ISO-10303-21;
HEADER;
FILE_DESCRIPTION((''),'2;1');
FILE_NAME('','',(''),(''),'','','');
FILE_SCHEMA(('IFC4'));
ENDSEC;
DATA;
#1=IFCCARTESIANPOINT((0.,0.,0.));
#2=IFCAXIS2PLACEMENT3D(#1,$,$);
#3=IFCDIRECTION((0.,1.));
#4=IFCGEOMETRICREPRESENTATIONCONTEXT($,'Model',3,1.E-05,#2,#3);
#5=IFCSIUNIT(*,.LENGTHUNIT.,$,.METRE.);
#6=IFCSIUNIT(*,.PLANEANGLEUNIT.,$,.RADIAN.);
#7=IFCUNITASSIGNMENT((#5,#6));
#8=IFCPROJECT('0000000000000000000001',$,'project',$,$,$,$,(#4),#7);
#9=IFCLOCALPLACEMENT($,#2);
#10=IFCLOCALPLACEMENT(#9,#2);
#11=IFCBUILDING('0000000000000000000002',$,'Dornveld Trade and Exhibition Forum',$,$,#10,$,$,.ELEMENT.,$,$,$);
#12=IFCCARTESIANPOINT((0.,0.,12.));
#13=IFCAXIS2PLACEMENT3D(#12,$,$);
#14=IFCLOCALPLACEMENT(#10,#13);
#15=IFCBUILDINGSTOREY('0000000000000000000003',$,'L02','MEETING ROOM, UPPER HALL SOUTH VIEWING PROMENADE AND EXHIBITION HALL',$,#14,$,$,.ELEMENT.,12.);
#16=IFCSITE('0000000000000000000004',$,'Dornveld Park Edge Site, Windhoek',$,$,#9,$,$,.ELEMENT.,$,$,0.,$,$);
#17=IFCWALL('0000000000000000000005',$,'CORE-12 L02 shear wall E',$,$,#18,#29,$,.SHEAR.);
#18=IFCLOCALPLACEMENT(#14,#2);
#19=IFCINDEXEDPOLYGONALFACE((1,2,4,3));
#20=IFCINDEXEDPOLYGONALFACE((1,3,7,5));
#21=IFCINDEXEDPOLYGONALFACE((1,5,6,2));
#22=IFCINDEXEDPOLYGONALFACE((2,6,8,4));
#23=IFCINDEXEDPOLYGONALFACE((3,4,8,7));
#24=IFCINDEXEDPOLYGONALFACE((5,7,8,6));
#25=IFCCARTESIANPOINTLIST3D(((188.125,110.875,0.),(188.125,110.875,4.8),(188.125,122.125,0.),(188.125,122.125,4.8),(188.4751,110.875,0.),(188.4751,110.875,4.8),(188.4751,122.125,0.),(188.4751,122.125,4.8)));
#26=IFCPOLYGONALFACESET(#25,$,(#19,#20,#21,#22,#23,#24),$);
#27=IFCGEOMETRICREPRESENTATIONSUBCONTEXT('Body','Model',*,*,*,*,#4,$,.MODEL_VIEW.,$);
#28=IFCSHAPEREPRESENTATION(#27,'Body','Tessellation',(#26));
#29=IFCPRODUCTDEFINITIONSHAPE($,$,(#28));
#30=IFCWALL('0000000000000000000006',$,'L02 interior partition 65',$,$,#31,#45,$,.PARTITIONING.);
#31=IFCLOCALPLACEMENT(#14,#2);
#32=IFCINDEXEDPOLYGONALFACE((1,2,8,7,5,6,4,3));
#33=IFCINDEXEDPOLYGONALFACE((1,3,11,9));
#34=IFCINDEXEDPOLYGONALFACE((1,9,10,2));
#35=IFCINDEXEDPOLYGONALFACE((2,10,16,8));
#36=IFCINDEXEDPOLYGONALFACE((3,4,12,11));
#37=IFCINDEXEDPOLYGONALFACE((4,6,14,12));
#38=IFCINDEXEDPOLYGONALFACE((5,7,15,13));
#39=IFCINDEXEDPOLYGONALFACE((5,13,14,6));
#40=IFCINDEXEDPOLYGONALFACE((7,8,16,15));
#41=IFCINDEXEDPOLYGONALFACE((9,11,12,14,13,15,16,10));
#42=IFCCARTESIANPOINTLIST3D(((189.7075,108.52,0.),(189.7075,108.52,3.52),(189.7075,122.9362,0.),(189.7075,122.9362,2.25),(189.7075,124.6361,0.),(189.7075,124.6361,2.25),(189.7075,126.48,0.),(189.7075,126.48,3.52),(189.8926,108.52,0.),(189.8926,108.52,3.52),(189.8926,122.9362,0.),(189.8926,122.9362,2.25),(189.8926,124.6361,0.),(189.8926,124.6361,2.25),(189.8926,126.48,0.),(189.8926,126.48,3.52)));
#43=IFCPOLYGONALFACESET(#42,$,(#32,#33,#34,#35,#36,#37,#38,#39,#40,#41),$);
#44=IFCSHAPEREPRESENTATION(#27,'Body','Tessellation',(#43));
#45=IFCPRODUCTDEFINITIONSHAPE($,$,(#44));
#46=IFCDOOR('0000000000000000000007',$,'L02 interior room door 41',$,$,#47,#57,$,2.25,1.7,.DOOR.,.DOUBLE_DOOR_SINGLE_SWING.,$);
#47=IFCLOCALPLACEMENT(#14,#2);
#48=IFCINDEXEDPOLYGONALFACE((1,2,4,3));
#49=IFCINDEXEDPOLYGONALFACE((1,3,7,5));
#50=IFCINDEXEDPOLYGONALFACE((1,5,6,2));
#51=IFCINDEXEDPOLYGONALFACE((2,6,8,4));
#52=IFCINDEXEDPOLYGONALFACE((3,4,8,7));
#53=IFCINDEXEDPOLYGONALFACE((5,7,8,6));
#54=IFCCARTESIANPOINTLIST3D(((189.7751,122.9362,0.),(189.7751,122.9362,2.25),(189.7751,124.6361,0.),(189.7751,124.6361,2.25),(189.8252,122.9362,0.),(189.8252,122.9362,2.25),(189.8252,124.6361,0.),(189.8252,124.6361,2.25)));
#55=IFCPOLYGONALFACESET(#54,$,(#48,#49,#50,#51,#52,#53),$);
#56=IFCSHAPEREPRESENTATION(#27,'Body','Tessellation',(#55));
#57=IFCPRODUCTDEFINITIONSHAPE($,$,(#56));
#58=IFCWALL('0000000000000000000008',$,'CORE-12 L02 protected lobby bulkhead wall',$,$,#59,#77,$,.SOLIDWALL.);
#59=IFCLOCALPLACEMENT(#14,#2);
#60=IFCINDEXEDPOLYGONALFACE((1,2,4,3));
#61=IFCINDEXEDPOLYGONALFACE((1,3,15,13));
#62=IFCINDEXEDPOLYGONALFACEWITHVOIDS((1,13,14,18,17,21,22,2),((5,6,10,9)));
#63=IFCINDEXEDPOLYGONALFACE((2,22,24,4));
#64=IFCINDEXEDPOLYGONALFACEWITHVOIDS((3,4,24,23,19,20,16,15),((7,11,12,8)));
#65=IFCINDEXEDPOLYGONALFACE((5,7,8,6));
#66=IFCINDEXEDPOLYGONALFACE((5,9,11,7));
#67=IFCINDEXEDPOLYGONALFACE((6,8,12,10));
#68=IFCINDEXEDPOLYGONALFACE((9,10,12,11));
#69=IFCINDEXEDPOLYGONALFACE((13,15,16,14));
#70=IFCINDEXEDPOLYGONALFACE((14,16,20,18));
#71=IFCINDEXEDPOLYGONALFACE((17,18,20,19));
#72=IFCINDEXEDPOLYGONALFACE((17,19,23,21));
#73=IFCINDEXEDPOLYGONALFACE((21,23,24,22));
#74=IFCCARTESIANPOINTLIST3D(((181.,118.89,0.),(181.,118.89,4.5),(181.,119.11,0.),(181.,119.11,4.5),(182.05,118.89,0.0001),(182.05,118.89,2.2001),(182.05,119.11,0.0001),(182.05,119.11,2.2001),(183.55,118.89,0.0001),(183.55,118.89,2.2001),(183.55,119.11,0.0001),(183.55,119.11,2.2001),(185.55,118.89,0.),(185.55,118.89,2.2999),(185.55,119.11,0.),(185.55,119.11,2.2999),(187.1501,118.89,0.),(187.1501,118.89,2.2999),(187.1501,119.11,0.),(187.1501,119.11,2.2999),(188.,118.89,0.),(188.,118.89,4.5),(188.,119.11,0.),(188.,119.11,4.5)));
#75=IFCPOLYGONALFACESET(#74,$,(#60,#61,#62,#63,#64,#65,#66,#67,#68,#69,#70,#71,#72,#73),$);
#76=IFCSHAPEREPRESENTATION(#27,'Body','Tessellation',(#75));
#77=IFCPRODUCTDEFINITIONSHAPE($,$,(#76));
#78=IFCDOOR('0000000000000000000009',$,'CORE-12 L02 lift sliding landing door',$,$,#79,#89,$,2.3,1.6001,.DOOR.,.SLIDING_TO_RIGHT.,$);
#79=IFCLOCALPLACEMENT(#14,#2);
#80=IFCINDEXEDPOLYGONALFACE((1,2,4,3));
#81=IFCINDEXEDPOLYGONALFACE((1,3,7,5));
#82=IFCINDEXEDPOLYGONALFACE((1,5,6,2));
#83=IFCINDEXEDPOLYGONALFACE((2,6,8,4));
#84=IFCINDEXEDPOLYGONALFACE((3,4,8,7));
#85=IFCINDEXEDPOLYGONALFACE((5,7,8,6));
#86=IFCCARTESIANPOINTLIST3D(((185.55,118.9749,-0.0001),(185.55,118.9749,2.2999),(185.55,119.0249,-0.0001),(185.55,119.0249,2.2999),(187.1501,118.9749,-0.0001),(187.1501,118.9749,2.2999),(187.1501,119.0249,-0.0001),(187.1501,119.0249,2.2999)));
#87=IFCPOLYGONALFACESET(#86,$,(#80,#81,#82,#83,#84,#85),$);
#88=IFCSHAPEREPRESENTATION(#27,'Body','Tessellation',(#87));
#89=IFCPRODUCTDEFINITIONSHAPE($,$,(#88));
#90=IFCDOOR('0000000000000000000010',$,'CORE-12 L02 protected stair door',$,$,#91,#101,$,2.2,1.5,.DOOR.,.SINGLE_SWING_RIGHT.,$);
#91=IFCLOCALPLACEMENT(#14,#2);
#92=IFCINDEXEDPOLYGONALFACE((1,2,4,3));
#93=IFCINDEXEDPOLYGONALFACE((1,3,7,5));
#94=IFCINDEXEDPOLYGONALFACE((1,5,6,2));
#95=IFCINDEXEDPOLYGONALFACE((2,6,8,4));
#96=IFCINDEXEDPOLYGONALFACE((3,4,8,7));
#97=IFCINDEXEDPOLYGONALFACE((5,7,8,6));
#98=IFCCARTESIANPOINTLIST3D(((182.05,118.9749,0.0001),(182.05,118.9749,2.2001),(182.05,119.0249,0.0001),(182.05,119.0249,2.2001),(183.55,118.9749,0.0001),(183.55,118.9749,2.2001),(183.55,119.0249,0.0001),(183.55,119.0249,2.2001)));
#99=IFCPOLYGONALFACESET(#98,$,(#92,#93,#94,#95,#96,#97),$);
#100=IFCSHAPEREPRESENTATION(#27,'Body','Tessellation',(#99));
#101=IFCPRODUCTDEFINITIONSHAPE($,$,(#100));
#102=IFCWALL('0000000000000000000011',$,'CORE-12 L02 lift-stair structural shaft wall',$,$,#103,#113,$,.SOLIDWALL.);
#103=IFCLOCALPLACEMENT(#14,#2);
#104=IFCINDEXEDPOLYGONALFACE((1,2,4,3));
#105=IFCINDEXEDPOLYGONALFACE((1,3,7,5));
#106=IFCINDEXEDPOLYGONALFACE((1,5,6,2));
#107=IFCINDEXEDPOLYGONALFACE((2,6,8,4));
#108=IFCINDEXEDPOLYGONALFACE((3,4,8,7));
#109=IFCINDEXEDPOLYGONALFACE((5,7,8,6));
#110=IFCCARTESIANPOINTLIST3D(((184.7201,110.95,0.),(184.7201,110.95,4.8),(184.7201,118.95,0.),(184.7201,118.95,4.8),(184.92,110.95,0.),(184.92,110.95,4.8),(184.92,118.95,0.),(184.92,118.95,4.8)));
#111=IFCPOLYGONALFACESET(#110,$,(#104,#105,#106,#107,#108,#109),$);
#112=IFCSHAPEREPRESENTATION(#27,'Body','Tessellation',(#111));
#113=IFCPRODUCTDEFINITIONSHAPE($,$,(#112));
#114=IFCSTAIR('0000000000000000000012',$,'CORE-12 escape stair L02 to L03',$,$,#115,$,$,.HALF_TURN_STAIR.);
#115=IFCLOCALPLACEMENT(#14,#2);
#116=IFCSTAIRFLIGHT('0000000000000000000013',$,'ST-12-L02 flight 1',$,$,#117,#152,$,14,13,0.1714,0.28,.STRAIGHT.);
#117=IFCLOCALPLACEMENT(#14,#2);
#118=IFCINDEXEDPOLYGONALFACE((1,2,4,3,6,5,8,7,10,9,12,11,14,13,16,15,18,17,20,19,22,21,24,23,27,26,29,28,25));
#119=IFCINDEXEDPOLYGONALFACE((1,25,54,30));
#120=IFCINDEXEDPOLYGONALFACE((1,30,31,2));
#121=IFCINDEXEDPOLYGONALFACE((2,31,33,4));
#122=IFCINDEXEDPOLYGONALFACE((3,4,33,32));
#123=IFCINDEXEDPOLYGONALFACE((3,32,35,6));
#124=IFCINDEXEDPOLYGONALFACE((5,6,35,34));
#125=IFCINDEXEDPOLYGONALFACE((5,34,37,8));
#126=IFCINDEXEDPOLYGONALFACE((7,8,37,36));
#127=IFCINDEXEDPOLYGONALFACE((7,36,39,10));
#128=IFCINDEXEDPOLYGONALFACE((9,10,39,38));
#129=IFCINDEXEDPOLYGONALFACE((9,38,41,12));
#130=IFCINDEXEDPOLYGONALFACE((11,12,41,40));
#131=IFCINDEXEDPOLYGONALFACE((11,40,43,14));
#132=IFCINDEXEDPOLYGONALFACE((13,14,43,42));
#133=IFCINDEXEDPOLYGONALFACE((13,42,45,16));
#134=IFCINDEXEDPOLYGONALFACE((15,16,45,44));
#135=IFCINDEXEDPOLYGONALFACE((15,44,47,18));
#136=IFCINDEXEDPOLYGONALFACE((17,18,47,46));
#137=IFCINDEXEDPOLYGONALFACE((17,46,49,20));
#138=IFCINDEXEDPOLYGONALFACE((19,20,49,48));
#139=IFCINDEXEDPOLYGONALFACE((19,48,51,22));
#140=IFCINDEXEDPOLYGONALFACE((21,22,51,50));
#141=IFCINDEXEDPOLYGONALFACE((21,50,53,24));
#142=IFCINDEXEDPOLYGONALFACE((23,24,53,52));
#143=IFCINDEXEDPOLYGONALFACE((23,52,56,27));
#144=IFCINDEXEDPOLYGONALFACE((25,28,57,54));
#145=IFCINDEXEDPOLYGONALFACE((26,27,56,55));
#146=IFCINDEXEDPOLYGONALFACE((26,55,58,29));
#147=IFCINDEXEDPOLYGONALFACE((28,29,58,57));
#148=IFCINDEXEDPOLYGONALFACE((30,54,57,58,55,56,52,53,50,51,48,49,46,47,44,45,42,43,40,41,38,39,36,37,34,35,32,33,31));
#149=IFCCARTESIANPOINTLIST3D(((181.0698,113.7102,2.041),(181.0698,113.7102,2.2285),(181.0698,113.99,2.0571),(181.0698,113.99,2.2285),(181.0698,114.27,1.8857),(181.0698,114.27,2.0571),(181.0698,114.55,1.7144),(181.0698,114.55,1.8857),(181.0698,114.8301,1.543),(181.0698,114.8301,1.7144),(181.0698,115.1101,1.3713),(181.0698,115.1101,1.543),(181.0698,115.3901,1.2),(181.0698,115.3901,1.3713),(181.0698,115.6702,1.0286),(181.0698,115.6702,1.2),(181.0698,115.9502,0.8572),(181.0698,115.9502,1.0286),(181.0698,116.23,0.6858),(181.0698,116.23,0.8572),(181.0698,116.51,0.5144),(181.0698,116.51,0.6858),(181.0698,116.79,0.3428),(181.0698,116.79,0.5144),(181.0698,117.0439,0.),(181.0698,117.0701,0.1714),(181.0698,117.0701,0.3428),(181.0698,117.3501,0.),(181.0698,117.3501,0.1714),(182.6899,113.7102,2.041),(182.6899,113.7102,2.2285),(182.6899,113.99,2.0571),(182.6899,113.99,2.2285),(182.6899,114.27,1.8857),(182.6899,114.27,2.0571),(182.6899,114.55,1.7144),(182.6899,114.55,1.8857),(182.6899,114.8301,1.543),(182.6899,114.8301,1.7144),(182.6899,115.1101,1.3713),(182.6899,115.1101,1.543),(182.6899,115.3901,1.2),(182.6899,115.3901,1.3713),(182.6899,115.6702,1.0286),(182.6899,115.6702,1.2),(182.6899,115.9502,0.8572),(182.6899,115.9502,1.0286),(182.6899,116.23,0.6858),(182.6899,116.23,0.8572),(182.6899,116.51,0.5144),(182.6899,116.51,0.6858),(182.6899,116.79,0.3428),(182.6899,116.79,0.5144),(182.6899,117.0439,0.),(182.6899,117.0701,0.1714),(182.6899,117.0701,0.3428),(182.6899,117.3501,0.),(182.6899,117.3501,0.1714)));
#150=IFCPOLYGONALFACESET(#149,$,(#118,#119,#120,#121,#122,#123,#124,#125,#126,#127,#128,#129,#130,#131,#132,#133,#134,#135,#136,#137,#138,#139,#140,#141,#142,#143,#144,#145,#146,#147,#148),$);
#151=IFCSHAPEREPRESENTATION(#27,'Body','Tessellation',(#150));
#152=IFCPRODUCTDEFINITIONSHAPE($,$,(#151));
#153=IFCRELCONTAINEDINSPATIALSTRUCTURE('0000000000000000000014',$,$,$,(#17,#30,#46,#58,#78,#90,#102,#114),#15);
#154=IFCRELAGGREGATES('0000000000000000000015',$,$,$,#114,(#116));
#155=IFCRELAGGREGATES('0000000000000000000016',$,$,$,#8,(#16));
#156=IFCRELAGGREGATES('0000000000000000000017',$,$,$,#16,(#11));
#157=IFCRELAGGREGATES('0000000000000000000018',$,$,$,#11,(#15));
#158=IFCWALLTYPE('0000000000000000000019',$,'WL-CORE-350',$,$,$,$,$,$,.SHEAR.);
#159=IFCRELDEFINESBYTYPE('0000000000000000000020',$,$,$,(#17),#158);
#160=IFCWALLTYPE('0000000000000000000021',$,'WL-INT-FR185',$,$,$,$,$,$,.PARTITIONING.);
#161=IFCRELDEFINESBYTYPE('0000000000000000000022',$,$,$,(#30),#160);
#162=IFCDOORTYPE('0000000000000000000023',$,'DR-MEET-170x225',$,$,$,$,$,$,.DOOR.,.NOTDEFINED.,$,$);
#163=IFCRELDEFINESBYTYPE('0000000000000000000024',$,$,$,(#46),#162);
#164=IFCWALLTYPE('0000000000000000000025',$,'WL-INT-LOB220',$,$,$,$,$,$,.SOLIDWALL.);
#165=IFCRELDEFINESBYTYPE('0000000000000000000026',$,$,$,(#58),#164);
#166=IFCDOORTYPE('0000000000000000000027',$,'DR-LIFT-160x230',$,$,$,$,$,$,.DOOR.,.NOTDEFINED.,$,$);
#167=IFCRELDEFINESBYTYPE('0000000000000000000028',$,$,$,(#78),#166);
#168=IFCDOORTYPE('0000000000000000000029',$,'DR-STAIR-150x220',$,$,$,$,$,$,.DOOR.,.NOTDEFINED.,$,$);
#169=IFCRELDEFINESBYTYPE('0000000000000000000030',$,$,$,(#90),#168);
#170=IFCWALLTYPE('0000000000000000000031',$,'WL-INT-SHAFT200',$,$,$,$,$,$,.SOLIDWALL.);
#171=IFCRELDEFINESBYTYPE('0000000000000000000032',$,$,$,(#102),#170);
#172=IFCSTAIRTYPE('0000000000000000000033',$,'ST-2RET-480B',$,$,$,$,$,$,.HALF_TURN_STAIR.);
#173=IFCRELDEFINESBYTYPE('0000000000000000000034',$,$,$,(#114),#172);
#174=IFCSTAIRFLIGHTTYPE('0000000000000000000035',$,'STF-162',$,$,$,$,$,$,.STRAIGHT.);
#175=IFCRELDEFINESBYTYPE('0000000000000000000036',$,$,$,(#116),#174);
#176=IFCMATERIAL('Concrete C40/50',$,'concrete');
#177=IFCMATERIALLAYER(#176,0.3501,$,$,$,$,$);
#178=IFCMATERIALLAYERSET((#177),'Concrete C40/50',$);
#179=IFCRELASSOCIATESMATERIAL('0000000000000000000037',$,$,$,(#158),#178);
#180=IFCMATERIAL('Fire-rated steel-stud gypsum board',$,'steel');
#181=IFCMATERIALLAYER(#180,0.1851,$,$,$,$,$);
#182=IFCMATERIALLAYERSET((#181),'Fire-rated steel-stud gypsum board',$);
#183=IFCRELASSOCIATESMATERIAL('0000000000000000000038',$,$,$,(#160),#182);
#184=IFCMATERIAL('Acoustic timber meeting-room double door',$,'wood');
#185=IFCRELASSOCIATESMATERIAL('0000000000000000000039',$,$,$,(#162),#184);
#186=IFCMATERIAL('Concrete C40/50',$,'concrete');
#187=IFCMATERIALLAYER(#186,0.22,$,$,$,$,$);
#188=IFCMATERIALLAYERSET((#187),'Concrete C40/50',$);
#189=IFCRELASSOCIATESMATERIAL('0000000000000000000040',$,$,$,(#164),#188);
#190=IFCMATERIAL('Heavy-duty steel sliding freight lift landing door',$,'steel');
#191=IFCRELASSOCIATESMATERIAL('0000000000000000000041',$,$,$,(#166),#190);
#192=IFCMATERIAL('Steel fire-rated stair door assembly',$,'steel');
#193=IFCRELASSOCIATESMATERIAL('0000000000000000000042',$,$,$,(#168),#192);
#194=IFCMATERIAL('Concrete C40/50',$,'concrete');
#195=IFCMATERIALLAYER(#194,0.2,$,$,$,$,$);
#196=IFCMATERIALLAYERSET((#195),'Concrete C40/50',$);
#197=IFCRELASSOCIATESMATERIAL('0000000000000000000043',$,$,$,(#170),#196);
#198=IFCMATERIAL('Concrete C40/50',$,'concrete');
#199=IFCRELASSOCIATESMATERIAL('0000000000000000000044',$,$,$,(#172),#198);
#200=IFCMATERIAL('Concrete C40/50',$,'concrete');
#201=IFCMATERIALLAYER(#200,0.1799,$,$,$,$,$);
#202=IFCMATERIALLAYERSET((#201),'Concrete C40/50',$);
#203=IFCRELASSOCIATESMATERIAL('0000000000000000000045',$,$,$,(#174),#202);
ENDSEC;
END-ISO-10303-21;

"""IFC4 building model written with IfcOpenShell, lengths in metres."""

from ifc_helpers import new_model, si_unit, direction, frame, frame_2d, origin, place, context, subcontext, project, spatial, polyline, rectangle, outline, extrude, material, layer, layer_set, type_object, element, fill, aggregate, save


model = new_model("IFC4")

# Units and contexts
model_context = context("Model", 3, precision=1e-05, world=origin(), true_north=direction((0.0, 1.0)))
body_context = subcontext(model_context, "Body", "Model", "MODEL_VIEW")
ifc_project = project(units=[si_unit("LENGTHUNIT", "METRE"), si_unit("PLANEANGLEUNIT", "RADIAN")], contexts=[model_context])

# Site, building, storey
site_placement = place(None, origin())
site = spatial("IfcSite", under=ifc_project, at=site_placement, Name="Dornveld Park Edge Site, Windhoek", CompositionType="ELEMENT", RefElevation=0.0)
building_placement = place(site_placement, origin())
building = spatial("IfcBuilding", under=site, at=building_placement, Name="Dornveld Trade and Exhibition Forum", CompositionType="ELEMENT")
storey_placement = place(building_placement, frame((0.0, 0.0, 12.0)))
storey = spatial("IfcBuildingStorey", under=building, at=storey_placement, Name="L02", Description="MEETING ROOM, UPPER HALL SOUTH VIEWING PROMENADE AND EXHIBITION HALL", CompositionType="ELEMENT", Elevation=12.0)

# Shared definitions
ifc_material_1 = material(Name="Concrete C40/50", Category="concrete")
ifc_layer_1 = layer(ifc_material_1, 0.3501)
ifc_layer_set_1 = layer_set([ifc_layer_1], Name="Concrete C40/50")
wall_type_1 = type_object("IfcWallType", Name="WL-CORE-350", PredefinedType="SHEAR", material=ifc_layer_set_1)

# Wall
for number, where, z_axis, x_axis, name in (
    (1, (188.3, 110.875, 0.0), (0.0, 0.0, 1.0), (0.0, 1.0, 0.0), "CORE-12 L02 shear wall E"),
):
    element("IfcWall", number, at=place(storey_placement, frame(where, z_axis=z_axis, x_axis=x_axis)), inside=storey, type_object=wall_type_1, Name=name, PredefinedType="SHEAR", context=body_context, shape_type="SweptSolid", body=[
        extrude(rectangle(XDim=11.25, YDim=0.3501, at=frame_2d((5.625, 0.0))), origin(), (0.0, 0.0, 1.0), 4.8),
    ])

# Wall, opening, door
ifc_material_2 = material(Name="Fire-rated steel-stud gypsum board", Category="steel")
ifc_layer_2 = layer(ifc_material_2, 0.1851)
ifc_layer_set_2 = layer_set([ifc_layer_2], Name="Fire-rated steel-stud gypsum board")
wall_type_2 = type_object("IfcWallType", Name="WL-INT-FR185", PredefinedType="PARTITIONING", material=ifc_layer_set_2)
wall_1_placement = place(storey_placement, frame((189.8, 108.52, 0.0), z_axis=(0.0, 0.0, 1.0), x_axis=(0.0, 1.0, 0.0)))
wall_1 = element("IfcWall", 2, at=wall_1_placement, inside=storey, type_object=wall_type_2, Name="L02 interior partition 65", PredefinedType="PARTITIONING", context=body_context, shape_type="SweptSolid", body=[
    extrude(rectangle(XDim=17.96, YDim=0.1851, at=frame_2d((8.98, 0.0))), origin(), (0.0, 0.0, 1.0), 3.52),
])
opening_1_placement = place(wall_1_placement, frame((14.416, 0.0, 0.0)))
opening_1 = element("IfcOpeningElement", 3, at=opening_1_placement, cuts=wall_1, PredefinedType="OPENING", context=body_context, shape_type="SweptSolid", body=[
    extrude(rectangle(XDim=1.7, YDim=2.25, at=frame_2d((0.8501, 1.125))), frame((0.0, 0.1025, 0.0), z_axis=(0.0, -1.0, 0.0), x_axis=(1.0, 0.0, 0.0)), (0.0, 0.0, 1.0), 0.2051),
])
ifc_material_3 = material(Name="Acoustic timber meeting-room double door", Category="wood")
door_type_1 = type_object("IfcDoorType", Name="DR-MEET-170x225", OperationType="NOTDEFINED", PredefinedType="DOOR", material=ifc_material_3)
door_1_placement = place(opening_1_placement, origin())
door_1 = element("IfcDoor", 4, at=door_1_placement, inside=storey, type_object=door_type_1, Name="L02 interior room door 41", OperationType="DOUBLE_DOOR_SINGLE_SWING", OverallHeight=2.25, OverallWidth=1.7, PredefinedType="DOOR", context=body_context, shape_type="SweptSolid", body=[
    extrude(rectangle(XDim=1.7, YDim=2.25, at=frame_2d((0.8501, 1.125))), frame((0.0, 0.0249, 0.0), z_axis=(0.0, -1.0, 0.0), x_axis=(1.0, 0.0, 0.0)), (0.0, 0.0, 1.0), 0.05),
])
fill(opening_1, door_1)

# Wall, openings, doors
ifc_material_4 = material(Name="Concrete C40/50", Category="concrete")
ifc_layer_3 = layer(ifc_material_4, 0.22)
ifc_layer_set_3 = layer_set([ifc_layer_3], Name="Concrete C40/50")
wall_type_3 = type_object("IfcWallType", Name="WL-INT-LOB220", PredefinedType="SOLIDWALL", material=ifc_layer_set_3)
wall_2_placement = place(storey_placement, frame((181.0, 119.0, 0.0), z_axis=(0.0, 0.0, 1.0), x_axis=(1.0, 0.0, 0.0)))
wall_2 = element("IfcWall", 5, at=wall_2_placement, inside=storey, type_object=wall_type_3, Name="CORE-12 L02 protected lobby bulkhead wall", PredefinedType="SOLIDWALL", context=body_context, shape_type="SweptSolid", body=[
    extrude(rectangle(XDim=7.0, YDim=0.22, at=frame_2d((3.5, 0.0))), origin(), (0.0, 0.0, 1.0), 4.5),
])
opening_2_placement = place(wall_2_placement, frame((1.05, 0.0, 0.0)))
opening_2 = element("IfcOpeningElement", 6, at=opening_2_placement, cuts=wall_2, PredefinedType="OPENING", context=body_context, shape_type="SweptSolid", body=[
    extrude(rectangle(XDim=1.5, YDim=2.2, at=frame_2d((0.75, 1.1001))), frame((0.0, 0.1199, 0.0), z_axis=(0.0, -1.0, 0.0), x_axis=(1.0, 0.0, 0.0)), (0.0, 0.0, 1.0), 0.24),
])
opening_3_placement = place(wall_2_placement, frame((4.55, 0.0, 0.0)))
opening_3 = element("IfcOpeningElement", 7, at=opening_3_placement, cuts=wall_2, PredefinedType="OPENING", context=body_context, shape_type="SweptSolid", body=[
    extrude(rectangle(XDim=1.6001, YDim=2.3, at=frame_2d((0.8, 1.1499))), frame((0.0, 0.1199, 0.0), z_axis=(0.0, -1.0, 0.0), x_axis=(1.0, 0.0, 0.0)), (0.0, 0.0, 1.0), 0.24),
])
ifc_material_5 = material(Name="Heavy-duty steel sliding freight lift landing door", Category="steel")
door_type_2 = type_object("IfcDoorType", Name="DR-LIFT-160x230", OperationType="NOTDEFINED", PredefinedType="DOOR", material=ifc_material_5)
door_2_placement = place(opening_3_placement, origin())
door_2 = element("IfcDoor", 8, at=door_2_placement, inside=storey, type_object=door_type_2, Name="CORE-12 L02 lift sliding landing door", OperationType="SLIDING_TO_RIGHT", OverallHeight=2.3, OverallWidth=1.6001, PredefinedType="DOOR", context=body_context, shape_type="SweptSolid", body=[
    extrude(rectangle(XDim=1.6001, YDim=2.3, at=frame_2d((0.8, 1.1499))), frame((0.0, 0.0249, 0.0), z_axis=(0.0, -1.0, 0.0), x_axis=(1.0, 0.0, 0.0)), (0.0, 0.0, 1.0), 0.05),
])
fill(opening_3, door_2)
ifc_material_6 = material(Name="Steel fire-rated stair door assembly", Category="steel")
door_type_3 = type_object("IfcDoorType", Name="DR-STAIR-150x220", OperationType="NOTDEFINED", PredefinedType="DOOR", material=ifc_material_6)
door_3_placement = place(opening_2_placement, origin())
door_3 = element("IfcDoor", 9, at=door_3_placement, inside=storey, type_object=door_type_3, Name="CORE-12 L02 protected stair door", OperationType="SINGLE_SWING_RIGHT", OverallHeight=2.2, OverallWidth=1.5, PredefinedType="DOOR", context=body_context, shape_type="SweptSolid", body=[
    extrude(rectangle(XDim=1.5, YDim=2.2, at=frame_2d((0.75, 1.1001))), frame((0.0, 0.0249, 0.0), z_axis=(0.0, -1.0, 0.0), x_axis=(1.0, 0.0, 0.0)), (0.0, 0.0, 1.0), 0.05),
])
fill(opening_2, door_3)

# Wall
ifc_material_7 = material(Name="Concrete C40/50", Category="concrete")
ifc_layer_4 = layer(ifc_material_7, 0.2)
ifc_layer_set_4 = layer_set([ifc_layer_4], Name="Concrete C40/50")
wall_type_4 = type_object("IfcWallType", Name="WL-INT-SHAFT200", PredefinedType="SOLIDWALL", material=ifc_layer_set_4)
wall_3_placement = place(storey_placement, frame((184.8201, 110.95, 0.0), z_axis=(0.0, 0.0, 1.0), x_axis=(0.0, 1.0, 0.0)))
element("IfcWall", 10, at=wall_3_placement, inside=storey, type_object=wall_type_4, Name="CORE-12 L02 lift-stair structural shaft wall", PredefinedType="SOLIDWALL", context=body_context, shape_type="SweptSolid", body=[
    extrude(rectangle(XDim=8.0, YDim=0.2, at=frame_2d((4.0, 0.0))), origin(), (0.0, 0.0, 1.0), 4.8),
])

# Stair, stair flight
ifc_material_8 = material(Name="Concrete C40/50", Category="concrete")
stair_type = type_object("IfcStairType", Name="ST-2RET-480B", PredefinedType="HALF_TURN_STAIR", material=ifc_material_8)
stair_placement = place(storey_placement, origin())
stair = element("IfcStair", 11, at=stair_placement, inside=storey, type_object=stair_type, Name="CORE-12 escape stair L02 to L03", PredefinedType="HALF_TURN_STAIR")
ifc_material_9 = material(Name="Concrete C40/50", Category="concrete")
ifc_layer_5 = layer(ifc_material_9, 0.1799)
ifc_layer_set_5 = layer_set([ifc_layer_5], Name="Concrete C40/50")
stair_flight_type = type_object("IfcStairFlightType", Name="STF-162", PredefinedType="STRAIGHT", material=ifc_layer_set_5)
stair_flight_1_placement = place(storey_placement, frame((181.8799, 117.3501, 0.0), z_axis=(0.0, 0.0, 1.0), x_axis=(0.0, -1.0, 0.0)))
stair_flight_1 = element("IfcStairFlight", 12, at=stair_flight_1_placement, type_object=stair_flight_type, Name="ST-12-L02 flight 1", NumberOfRisers=14, NumberOfTreads=13, PredefinedType="STRAIGHT", RiserHeight=0.1714, TreadLength=0.28, context=body_context, shape_type="SweptSolid", body=[
    extrude(outline(polyline([(0.0, 0.0), (0.0, 0.1714), (0.28, 0.1714), (0.28, 0.3428), (0.5601, 0.3428), (0.5601, 0.5144), (0.8401, 0.5144), (0.8401, 0.6858), (1.1201, 0.6858), (1.1201, 0.8572), (1.3999, 0.8572), (1.3999, 1.0286), (1.6799, 1.0286), (1.6799, 1.2), (1.96, 1.2), (1.96, 1.3713), (2.24, 1.3713), (2.24, 1.543), (2.52, 1.543), (2.52, 1.7144), (2.8, 1.7144), (2.8, 1.8857), (3.0801, 1.8857), (3.0801, 2.0571), (3.3601, 2.0571), (3.3601, 2.2285), (3.6399, 2.2285), (3.6399, 2.3999), (3.6399, 2.041), (0.3062, 0.0), (0.0, 0.0)])), frame((0.0, 0.8101, 0.0), z_axis=(0.0, -1.0, 0.0), x_axis=(1.0, 0.0, 0.0)), (0.0, 0.0, 1.0), 1.6201),
])
aggregate(stair, [stair_flight_1])

save(model, "model.ifc")
